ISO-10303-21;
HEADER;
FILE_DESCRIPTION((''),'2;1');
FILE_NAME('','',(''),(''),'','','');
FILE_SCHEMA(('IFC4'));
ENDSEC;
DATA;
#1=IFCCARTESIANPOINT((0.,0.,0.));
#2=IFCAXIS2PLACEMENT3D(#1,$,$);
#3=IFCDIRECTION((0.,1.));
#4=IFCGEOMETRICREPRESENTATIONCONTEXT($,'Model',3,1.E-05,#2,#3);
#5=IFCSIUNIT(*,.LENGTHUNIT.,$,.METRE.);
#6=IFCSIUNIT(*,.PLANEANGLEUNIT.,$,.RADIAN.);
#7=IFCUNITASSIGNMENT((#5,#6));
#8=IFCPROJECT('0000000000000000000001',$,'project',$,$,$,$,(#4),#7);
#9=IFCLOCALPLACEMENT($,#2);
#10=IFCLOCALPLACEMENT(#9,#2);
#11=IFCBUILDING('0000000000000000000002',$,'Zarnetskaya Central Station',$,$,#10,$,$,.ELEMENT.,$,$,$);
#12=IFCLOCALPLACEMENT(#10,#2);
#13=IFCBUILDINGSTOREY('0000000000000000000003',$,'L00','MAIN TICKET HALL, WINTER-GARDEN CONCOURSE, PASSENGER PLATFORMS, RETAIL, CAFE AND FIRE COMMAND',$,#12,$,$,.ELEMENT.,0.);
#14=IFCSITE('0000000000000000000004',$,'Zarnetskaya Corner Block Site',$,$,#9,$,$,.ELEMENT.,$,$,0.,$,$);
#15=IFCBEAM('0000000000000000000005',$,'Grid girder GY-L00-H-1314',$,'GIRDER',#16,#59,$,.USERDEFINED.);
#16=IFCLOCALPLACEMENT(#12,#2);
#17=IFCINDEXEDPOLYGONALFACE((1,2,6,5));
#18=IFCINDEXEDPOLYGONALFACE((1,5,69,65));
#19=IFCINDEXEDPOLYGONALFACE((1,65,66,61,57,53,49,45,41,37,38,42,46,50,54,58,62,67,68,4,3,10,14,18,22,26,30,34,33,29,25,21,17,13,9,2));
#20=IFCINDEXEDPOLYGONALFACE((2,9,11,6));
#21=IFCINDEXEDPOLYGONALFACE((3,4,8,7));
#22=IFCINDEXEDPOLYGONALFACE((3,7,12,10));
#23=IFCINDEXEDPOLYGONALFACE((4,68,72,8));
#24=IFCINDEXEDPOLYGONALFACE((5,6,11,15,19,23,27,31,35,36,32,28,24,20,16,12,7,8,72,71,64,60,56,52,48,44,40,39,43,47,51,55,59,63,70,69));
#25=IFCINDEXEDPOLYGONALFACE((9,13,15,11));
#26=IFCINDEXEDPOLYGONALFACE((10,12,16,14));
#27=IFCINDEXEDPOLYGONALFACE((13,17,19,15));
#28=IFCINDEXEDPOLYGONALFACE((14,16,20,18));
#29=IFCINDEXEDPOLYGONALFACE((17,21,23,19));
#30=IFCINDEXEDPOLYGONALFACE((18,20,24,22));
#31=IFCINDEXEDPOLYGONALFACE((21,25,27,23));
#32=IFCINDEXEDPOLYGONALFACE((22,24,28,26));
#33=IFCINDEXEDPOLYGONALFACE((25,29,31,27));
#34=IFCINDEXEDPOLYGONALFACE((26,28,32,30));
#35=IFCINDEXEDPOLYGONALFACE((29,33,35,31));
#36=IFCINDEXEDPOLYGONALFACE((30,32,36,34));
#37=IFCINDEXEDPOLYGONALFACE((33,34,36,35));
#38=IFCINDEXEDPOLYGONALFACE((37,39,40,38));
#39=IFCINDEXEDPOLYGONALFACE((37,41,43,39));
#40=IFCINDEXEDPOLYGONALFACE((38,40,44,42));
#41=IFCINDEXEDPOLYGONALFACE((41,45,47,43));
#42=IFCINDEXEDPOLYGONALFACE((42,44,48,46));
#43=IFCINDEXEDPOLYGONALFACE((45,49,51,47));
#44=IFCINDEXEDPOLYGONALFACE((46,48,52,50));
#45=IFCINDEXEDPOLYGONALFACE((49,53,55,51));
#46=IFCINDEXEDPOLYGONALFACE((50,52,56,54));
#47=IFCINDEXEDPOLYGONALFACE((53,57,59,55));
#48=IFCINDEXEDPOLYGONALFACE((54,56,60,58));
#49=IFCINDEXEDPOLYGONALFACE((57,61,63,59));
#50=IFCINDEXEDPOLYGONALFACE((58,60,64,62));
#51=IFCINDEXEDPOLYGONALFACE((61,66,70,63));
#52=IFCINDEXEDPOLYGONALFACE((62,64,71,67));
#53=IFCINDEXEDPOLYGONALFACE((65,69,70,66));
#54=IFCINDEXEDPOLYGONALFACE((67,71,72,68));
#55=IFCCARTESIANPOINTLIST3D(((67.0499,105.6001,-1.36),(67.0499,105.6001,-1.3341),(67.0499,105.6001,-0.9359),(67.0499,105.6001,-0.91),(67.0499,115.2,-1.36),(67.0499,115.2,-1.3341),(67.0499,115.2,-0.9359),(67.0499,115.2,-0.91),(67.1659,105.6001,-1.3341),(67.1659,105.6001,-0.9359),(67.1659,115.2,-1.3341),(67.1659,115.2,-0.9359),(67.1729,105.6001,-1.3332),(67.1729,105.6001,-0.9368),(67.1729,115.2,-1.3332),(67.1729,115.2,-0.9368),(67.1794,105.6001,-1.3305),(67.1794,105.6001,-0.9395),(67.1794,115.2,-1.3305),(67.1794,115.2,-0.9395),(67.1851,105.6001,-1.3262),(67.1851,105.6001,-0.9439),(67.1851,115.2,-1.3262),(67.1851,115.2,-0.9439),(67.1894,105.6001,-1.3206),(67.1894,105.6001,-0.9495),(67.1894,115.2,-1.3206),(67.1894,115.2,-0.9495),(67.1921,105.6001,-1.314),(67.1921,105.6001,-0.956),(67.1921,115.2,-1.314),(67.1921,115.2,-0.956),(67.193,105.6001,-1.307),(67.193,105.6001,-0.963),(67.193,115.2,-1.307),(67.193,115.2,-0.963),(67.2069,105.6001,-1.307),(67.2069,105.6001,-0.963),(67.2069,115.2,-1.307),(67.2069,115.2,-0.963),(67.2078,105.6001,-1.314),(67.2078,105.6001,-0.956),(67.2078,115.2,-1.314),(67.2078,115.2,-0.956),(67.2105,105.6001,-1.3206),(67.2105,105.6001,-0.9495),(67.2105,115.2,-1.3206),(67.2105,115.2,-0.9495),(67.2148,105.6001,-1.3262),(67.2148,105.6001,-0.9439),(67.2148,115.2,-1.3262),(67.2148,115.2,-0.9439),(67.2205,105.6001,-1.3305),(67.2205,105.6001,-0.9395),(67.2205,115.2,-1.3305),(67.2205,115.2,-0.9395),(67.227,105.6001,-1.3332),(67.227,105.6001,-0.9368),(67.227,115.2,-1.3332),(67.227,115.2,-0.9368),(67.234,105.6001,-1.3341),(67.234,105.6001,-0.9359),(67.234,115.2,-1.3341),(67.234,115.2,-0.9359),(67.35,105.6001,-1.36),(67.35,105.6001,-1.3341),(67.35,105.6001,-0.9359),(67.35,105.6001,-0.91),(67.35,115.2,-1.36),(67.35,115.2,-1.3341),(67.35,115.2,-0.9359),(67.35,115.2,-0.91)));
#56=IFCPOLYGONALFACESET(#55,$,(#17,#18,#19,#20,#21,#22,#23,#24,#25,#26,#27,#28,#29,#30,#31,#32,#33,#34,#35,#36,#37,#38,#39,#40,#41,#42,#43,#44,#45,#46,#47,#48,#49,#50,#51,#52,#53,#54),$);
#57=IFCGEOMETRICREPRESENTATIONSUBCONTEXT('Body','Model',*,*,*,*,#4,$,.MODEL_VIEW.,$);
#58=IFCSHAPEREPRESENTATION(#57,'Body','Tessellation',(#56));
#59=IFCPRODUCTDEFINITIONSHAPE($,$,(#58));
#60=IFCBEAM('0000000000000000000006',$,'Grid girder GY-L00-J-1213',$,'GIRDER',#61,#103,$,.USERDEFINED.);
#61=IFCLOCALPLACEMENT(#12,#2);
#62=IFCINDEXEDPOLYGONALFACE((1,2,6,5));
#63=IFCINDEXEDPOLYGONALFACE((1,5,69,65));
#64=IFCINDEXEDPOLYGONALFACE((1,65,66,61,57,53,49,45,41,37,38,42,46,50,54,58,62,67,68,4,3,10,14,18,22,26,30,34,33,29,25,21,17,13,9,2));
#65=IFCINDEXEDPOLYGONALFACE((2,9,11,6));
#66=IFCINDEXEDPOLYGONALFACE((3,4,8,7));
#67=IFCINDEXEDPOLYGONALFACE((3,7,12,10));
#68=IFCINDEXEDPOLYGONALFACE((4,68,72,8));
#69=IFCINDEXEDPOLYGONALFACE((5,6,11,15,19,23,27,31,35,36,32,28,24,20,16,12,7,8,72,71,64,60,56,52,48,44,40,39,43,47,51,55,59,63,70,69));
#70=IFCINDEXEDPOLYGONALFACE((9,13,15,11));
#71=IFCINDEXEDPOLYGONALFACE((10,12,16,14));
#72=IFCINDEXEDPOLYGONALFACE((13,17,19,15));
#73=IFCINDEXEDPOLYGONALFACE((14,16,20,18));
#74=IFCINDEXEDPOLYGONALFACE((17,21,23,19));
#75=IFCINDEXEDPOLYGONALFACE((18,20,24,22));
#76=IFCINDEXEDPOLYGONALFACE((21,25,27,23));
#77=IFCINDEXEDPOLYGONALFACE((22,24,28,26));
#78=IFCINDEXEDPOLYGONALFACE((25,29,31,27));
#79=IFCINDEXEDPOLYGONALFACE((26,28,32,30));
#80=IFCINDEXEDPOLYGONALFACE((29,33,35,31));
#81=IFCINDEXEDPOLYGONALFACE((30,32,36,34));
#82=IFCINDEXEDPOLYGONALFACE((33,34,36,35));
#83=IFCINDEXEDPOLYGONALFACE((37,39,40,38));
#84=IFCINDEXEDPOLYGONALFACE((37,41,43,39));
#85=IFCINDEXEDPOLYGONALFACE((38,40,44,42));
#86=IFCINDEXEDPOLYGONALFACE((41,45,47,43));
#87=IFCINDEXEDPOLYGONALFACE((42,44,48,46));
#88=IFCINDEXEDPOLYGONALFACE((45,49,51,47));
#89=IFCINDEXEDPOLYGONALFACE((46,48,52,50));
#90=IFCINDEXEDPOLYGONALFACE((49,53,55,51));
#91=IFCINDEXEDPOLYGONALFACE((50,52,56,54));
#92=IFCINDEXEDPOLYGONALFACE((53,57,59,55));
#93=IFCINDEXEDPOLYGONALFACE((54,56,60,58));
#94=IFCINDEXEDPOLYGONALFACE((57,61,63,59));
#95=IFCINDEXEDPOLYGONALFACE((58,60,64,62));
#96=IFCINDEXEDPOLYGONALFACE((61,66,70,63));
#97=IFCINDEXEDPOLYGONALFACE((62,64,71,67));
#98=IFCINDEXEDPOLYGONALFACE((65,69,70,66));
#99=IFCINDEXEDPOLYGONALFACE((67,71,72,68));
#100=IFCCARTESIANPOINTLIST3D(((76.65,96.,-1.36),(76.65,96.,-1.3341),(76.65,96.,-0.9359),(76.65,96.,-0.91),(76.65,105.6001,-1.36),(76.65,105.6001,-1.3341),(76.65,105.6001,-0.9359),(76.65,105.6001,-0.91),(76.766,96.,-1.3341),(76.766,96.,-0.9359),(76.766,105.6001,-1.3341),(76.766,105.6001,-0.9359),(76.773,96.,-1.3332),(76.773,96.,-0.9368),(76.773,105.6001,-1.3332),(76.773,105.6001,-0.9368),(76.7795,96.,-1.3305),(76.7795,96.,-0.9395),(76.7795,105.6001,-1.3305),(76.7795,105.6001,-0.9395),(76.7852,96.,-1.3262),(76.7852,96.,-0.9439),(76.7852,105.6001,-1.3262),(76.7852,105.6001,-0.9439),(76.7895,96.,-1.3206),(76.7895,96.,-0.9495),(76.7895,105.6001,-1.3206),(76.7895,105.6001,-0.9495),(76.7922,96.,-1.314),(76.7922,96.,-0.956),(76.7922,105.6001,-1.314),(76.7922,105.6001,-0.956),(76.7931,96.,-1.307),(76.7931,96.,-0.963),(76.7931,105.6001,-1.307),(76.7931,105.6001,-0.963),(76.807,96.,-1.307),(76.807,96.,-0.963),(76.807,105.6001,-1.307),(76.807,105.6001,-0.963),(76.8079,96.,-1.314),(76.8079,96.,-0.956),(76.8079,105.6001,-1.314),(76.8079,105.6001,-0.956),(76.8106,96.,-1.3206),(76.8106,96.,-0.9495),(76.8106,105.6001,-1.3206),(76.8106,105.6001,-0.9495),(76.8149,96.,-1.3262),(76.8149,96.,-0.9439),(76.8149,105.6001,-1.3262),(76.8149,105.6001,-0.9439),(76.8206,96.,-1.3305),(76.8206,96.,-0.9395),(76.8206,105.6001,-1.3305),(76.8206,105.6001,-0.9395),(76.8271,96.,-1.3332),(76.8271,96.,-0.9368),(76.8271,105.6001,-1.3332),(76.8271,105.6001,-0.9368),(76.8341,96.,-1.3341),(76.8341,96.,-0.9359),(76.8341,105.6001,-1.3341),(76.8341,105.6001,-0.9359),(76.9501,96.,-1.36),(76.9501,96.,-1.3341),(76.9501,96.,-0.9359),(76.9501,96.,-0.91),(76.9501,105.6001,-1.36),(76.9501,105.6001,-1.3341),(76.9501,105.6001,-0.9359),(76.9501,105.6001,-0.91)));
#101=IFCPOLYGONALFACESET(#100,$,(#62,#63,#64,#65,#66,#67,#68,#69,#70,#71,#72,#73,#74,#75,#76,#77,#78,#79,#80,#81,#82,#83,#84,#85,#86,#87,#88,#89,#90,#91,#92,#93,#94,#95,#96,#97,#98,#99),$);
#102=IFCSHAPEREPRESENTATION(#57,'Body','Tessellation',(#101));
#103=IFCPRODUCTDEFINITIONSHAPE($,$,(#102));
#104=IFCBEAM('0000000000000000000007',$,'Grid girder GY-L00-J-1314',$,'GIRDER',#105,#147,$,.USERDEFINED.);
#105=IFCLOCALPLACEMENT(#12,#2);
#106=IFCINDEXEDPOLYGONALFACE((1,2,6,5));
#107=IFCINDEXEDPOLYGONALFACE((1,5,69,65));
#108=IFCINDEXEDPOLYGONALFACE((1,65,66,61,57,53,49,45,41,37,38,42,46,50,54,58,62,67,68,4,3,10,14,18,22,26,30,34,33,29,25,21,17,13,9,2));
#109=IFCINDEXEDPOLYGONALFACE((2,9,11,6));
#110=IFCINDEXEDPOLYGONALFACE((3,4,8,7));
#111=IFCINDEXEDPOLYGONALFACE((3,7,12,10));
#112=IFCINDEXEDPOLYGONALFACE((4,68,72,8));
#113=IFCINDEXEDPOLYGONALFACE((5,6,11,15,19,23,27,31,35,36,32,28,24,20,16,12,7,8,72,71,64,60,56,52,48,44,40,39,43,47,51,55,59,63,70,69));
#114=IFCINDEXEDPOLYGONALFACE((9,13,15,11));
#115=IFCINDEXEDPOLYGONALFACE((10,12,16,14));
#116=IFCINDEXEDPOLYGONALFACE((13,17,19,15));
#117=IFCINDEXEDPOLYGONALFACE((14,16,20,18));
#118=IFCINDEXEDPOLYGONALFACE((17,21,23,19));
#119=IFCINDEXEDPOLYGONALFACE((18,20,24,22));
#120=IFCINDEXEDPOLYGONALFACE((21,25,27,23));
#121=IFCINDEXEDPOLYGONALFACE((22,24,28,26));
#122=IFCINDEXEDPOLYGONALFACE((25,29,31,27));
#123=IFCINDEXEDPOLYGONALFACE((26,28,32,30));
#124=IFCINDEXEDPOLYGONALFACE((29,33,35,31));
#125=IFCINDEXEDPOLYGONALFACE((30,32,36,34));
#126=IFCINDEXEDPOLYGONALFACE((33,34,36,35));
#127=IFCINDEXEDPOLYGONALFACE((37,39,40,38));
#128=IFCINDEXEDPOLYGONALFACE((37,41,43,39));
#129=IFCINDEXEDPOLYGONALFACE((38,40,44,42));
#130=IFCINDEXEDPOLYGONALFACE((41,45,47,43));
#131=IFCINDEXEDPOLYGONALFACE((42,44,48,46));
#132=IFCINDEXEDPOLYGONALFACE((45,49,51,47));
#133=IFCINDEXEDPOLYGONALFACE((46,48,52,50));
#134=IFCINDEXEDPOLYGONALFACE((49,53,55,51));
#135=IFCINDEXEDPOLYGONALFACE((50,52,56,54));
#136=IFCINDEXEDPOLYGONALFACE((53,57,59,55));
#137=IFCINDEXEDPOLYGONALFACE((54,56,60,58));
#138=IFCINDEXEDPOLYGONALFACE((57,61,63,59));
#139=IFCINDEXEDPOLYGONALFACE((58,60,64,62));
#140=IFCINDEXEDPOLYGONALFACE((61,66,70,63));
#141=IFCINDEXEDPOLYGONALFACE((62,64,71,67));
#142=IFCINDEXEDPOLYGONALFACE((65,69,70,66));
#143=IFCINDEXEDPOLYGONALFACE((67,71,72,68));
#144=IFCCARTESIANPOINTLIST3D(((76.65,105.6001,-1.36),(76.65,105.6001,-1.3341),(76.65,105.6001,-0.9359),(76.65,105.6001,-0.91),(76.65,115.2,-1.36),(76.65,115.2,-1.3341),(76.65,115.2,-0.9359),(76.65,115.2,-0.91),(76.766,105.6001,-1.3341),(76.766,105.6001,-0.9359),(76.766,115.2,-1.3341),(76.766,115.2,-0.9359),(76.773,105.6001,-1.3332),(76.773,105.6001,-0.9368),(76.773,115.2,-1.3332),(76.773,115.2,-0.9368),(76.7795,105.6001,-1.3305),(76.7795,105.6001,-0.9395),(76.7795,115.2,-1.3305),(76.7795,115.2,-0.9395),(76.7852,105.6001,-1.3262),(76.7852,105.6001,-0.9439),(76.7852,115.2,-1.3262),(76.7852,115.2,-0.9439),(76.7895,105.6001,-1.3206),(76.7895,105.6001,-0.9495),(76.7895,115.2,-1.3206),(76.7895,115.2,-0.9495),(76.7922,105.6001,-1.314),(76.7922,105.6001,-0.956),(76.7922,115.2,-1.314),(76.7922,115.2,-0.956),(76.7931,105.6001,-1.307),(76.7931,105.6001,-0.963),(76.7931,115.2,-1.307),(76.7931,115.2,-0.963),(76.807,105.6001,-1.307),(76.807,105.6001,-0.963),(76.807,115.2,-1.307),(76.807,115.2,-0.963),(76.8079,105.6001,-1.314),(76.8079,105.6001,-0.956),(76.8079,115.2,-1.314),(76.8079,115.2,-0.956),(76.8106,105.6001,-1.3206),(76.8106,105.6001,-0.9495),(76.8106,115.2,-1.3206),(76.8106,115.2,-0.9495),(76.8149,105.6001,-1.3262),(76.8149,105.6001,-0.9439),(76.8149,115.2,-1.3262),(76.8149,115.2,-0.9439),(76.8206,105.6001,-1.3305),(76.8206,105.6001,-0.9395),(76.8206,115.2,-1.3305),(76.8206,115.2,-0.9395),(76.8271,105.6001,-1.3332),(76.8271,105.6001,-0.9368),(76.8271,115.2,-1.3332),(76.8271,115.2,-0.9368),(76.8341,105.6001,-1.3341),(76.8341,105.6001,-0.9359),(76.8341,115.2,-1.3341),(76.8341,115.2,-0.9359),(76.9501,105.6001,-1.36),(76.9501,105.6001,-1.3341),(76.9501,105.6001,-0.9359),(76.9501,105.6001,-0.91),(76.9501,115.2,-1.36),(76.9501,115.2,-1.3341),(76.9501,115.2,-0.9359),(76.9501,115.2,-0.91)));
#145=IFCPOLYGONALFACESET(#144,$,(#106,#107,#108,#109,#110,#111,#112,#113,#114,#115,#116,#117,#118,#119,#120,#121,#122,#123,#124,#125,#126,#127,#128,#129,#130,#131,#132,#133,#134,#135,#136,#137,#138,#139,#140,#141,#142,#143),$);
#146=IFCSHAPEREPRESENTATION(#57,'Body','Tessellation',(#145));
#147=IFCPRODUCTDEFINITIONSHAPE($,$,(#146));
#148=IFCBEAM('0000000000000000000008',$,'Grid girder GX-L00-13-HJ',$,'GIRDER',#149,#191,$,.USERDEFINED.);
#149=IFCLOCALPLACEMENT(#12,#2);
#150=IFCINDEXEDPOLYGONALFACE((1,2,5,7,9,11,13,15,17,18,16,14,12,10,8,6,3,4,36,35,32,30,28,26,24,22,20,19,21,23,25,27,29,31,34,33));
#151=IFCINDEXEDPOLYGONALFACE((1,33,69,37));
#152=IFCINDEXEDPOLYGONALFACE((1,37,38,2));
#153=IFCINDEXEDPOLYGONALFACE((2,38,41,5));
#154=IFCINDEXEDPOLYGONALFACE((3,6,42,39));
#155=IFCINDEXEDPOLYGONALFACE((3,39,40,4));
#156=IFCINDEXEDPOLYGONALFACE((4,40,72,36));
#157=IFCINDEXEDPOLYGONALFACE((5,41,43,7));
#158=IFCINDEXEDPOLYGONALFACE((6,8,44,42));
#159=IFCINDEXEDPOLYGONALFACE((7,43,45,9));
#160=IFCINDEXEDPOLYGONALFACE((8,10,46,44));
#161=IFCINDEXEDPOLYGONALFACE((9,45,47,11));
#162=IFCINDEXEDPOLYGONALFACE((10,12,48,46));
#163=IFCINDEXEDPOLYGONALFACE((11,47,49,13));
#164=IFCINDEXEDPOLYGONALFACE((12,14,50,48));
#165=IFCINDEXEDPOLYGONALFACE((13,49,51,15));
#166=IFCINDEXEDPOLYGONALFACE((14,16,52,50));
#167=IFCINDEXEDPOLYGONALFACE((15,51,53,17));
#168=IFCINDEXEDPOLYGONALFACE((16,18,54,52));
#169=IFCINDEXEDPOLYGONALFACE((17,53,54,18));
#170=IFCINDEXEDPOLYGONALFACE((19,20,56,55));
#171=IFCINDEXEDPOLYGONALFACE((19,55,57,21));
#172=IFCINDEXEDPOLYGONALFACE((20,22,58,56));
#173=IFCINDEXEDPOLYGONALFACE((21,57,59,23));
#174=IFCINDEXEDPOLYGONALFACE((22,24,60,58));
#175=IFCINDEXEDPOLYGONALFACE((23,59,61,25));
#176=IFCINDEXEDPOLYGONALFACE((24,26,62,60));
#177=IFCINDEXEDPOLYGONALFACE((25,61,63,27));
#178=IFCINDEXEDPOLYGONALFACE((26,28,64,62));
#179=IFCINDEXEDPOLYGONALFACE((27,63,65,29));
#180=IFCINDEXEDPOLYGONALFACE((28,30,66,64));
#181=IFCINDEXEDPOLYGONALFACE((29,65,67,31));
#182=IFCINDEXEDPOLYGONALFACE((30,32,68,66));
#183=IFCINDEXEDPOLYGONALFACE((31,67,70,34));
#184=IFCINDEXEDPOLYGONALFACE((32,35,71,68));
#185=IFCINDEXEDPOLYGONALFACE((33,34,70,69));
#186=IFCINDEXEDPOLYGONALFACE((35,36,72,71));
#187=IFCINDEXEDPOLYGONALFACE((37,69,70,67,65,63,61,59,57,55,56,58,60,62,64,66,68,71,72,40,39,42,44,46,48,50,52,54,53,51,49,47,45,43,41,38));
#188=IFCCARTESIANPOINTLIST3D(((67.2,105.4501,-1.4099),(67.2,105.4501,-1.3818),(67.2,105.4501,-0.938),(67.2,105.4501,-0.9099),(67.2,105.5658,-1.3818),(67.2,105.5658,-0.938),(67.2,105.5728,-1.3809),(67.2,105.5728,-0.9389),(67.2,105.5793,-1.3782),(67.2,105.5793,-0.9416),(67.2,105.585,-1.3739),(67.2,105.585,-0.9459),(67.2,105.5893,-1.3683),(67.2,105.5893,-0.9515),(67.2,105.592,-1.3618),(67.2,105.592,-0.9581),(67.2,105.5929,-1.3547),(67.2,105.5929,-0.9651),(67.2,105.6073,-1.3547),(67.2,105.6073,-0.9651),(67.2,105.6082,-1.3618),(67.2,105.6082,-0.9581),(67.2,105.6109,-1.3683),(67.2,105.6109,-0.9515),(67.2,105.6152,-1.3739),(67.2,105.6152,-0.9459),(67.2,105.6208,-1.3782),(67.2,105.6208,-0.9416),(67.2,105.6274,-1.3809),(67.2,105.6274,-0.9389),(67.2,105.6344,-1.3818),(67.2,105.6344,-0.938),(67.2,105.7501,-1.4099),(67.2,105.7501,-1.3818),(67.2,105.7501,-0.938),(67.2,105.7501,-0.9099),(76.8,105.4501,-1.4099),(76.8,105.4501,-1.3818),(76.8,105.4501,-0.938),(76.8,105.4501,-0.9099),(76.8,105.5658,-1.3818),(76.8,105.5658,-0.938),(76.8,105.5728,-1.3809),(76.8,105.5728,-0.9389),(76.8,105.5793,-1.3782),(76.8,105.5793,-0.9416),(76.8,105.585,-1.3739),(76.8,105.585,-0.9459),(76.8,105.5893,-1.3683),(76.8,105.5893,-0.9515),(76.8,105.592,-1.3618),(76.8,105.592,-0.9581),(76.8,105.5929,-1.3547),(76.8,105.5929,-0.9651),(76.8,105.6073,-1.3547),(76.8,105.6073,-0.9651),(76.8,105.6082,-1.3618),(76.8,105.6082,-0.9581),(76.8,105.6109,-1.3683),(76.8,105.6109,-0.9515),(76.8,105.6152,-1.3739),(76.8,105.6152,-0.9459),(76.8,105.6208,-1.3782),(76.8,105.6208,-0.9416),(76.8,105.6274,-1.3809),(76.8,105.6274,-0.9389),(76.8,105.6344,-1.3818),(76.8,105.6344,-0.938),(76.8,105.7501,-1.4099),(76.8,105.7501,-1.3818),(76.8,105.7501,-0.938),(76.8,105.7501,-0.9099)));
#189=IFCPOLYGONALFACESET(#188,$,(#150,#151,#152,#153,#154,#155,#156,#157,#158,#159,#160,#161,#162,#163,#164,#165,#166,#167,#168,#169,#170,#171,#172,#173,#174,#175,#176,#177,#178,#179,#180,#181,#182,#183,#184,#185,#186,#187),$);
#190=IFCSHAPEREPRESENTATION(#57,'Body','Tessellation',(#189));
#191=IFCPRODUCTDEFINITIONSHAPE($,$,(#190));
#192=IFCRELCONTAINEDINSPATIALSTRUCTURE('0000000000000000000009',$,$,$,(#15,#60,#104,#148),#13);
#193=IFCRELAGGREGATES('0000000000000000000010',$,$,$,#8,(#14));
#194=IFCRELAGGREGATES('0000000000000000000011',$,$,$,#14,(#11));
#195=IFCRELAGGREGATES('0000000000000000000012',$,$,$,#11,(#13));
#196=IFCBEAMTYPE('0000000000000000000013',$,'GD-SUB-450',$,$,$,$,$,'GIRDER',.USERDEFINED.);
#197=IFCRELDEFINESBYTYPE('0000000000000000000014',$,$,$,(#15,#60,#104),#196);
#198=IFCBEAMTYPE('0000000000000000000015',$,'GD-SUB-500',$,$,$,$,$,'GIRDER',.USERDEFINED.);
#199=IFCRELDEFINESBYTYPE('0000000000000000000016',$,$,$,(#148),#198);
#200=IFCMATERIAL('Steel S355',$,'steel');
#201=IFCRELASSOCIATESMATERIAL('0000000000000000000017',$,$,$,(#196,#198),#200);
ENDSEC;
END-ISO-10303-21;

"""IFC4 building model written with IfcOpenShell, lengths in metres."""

from ifc_helpers import new_model, si_unit, direction, frame, origin, origin_2d, place, context, subcontext, project, spatial, i_section, extrude, material, material_profile, profile_set, type_object, element, save


model = new_model("IFC4")

# Units and contexts
model_context = context("Model", 3, precision=1e-05, world=origin(), true_north=direction((0.0, 1.0)))
body_context = subcontext(model_context, "Body", "Model", "MODEL_VIEW")
ifc_project = project(units=[si_unit("LENGTHUNIT", "METRE"), si_unit("PLANEANGLEUNIT", "RADIAN")], contexts=[model_context])

# Site, building, storey
site_placement = place(None, origin())
site = spatial("IfcSite", under=ifc_project, at=site_placement, Name="Zarnetskaya Corner Block Site", CompositionType="ELEMENT", RefElevation=0.0)
building_placement = place(site_placement, origin())
building = spatial("IfcBuilding", under=site, at=building_placement, Name="Zarnetskaya Central Station", CompositionType="ELEMENT")
storey_placement = place(building_placement, origin())
storey = spatial("IfcBuildingStorey", under=building, at=storey_placement, Name="L00", Description="MAIN TICKET HALL, WINTER-GARDEN CONCOURSE, PASSENGER PLATFORMS, RETAIL, CAFE AND FIRE COMMAND", CompositionType="ELEMENT", Elevation=0.0)

# Shared definitions
ifc_material = material(Name="Steel S355", Category="steel")

# Beams
ifc_material_profile_1 = material_profile(ifc_material, i_section(OverallWidth=0.3, OverallDepth=0.45, WebThickness=0.0139, FlangeThickness=0.0259, FilletRadius=0.0271, at=origin_2d()), Name="HEB 450")
ifc_profile_set_1 = profile_set([ifc_material_profile_1], Name="Steel S355")
beam_type_1 = type_object("IfcBeamType", Name="GD-SUB-450", ElementType="GIRDER", PredefinedType="USERDEFINED", material=ifc_profile_set_1)
beam_1_placement = place(storey_placement, frame((67.2, 105.6001, -1.135), z_axis=(0.0, 1.0, 0.0), x_axis=(-1.0, 0.0, 0.0)))
element("IfcBeam", 1, at=beam_1_placement, inside=storey, type_object=beam_type_1, Name="Grid girder GY-L00-H-1314", ObjectType="GIRDER", PredefinedType="USERDEFINED", context=body_context, shape_type="SweptSolid", body=[
    extrude(i_section(OverallWidth=0.3, OverallDepth=0.45, WebThickness=0.0139, FlangeThickness=0.0259, FilletRadius=0.0271, at=origin_2d()), origin(), (0.0, 0.0, 1.0), 9.5999),
])
beam_2_placement = place(storey_placement, frame((76.8, 96.0, -1.135), z_axis=(0.0, 1.0, 0.0), x_axis=(-1.0, 0.0, 0.0)))
element("IfcBeam", 2, at=beam_2_placement, inside=storey, type_object=beam_type_1, Name="Grid girder GY-L00-J-1213", ObjectType="GIRDER", PredefinedType="USERDEFINED", context=body_context, shape_type="SweptSolid", body=[
    extrude(i_section(OverallWidth=0.3, OverallDepth=0.45, WebThickness=0.0139, FlangeThickness=0.0259, FilletRadius=0.0271, at=origin_2d()), origin(), (0.0, 0.0, 1.0), 9.6001),
])
beam_3_placement = place(storey_placement, frame((76.8, 105.6001, -1.135), z_axis=(0.0, 1.0, 0.0), x_axis=(-1.0, 0.0, 0.0)))
element("IfcBeam", 3, at=beam_3_placement, inside=storey, type_object=beam_type_1, Name="Grid girder GY-L00-J-1314", ObjectType="GIRDER", PredefinedType="USERDEFINED", context=body_context, shape_type="SweptSolid", body=[
    extrude(i_section(OverallWidth=0.3, OverallDepth=0.45, WebThickness=0.0139, FlangeThickness=0.0259, FilletRadius=0.0271, at=origin_2d()), origin(), (0.0, 0.0, 1.0), 9.5999),
])
ifc_material_profile_2 = material_profile(ifc_material, i_section(OverallWidth=0.3, OverallDepth=0.5, WebThickness=0.0144, FlangeThickness=0.0281, FilletRadius=0.0271, at=origin_2d()), Name="HEB 500")
ifc_profile_set_2 = profile_set([ifc_material_profile_2], Name="Steel S355")
beam_type_2 = type_object("IfcBeamType", Name="GD-SUB-500", ElementType="GIRDER", PredefinedType="USERDEFINED", material=ifc_profile_set_2)
beam_4_placement = place(storey_placement, frame((67.2, 105.6001, -1.1599), z_axis=(1.0, 0.0, 0.0), x_axis=(0.0, 1.0, 0.0)))
element("IfcBeam", 4, at=beam_4_placement, inside=storey, type_object=beam_type_2, Name="Grid girder GX-L00-13-HJ", ObjectType="GIRDER", PredefinedType="USERDEFINED", context=body_context, shape_type="SweptSolid", body=[
    extrude(i_section(OverallWidth=0.3, OverallDepth=0.5, WebThickness=0.0144, FlangeThickness=0.0281, FilletRadius=0.0271, at=origin_2d()), origin(), (0.0, 0.0, 1.0), 9.6001),
])

save(model, "model.ifc")
